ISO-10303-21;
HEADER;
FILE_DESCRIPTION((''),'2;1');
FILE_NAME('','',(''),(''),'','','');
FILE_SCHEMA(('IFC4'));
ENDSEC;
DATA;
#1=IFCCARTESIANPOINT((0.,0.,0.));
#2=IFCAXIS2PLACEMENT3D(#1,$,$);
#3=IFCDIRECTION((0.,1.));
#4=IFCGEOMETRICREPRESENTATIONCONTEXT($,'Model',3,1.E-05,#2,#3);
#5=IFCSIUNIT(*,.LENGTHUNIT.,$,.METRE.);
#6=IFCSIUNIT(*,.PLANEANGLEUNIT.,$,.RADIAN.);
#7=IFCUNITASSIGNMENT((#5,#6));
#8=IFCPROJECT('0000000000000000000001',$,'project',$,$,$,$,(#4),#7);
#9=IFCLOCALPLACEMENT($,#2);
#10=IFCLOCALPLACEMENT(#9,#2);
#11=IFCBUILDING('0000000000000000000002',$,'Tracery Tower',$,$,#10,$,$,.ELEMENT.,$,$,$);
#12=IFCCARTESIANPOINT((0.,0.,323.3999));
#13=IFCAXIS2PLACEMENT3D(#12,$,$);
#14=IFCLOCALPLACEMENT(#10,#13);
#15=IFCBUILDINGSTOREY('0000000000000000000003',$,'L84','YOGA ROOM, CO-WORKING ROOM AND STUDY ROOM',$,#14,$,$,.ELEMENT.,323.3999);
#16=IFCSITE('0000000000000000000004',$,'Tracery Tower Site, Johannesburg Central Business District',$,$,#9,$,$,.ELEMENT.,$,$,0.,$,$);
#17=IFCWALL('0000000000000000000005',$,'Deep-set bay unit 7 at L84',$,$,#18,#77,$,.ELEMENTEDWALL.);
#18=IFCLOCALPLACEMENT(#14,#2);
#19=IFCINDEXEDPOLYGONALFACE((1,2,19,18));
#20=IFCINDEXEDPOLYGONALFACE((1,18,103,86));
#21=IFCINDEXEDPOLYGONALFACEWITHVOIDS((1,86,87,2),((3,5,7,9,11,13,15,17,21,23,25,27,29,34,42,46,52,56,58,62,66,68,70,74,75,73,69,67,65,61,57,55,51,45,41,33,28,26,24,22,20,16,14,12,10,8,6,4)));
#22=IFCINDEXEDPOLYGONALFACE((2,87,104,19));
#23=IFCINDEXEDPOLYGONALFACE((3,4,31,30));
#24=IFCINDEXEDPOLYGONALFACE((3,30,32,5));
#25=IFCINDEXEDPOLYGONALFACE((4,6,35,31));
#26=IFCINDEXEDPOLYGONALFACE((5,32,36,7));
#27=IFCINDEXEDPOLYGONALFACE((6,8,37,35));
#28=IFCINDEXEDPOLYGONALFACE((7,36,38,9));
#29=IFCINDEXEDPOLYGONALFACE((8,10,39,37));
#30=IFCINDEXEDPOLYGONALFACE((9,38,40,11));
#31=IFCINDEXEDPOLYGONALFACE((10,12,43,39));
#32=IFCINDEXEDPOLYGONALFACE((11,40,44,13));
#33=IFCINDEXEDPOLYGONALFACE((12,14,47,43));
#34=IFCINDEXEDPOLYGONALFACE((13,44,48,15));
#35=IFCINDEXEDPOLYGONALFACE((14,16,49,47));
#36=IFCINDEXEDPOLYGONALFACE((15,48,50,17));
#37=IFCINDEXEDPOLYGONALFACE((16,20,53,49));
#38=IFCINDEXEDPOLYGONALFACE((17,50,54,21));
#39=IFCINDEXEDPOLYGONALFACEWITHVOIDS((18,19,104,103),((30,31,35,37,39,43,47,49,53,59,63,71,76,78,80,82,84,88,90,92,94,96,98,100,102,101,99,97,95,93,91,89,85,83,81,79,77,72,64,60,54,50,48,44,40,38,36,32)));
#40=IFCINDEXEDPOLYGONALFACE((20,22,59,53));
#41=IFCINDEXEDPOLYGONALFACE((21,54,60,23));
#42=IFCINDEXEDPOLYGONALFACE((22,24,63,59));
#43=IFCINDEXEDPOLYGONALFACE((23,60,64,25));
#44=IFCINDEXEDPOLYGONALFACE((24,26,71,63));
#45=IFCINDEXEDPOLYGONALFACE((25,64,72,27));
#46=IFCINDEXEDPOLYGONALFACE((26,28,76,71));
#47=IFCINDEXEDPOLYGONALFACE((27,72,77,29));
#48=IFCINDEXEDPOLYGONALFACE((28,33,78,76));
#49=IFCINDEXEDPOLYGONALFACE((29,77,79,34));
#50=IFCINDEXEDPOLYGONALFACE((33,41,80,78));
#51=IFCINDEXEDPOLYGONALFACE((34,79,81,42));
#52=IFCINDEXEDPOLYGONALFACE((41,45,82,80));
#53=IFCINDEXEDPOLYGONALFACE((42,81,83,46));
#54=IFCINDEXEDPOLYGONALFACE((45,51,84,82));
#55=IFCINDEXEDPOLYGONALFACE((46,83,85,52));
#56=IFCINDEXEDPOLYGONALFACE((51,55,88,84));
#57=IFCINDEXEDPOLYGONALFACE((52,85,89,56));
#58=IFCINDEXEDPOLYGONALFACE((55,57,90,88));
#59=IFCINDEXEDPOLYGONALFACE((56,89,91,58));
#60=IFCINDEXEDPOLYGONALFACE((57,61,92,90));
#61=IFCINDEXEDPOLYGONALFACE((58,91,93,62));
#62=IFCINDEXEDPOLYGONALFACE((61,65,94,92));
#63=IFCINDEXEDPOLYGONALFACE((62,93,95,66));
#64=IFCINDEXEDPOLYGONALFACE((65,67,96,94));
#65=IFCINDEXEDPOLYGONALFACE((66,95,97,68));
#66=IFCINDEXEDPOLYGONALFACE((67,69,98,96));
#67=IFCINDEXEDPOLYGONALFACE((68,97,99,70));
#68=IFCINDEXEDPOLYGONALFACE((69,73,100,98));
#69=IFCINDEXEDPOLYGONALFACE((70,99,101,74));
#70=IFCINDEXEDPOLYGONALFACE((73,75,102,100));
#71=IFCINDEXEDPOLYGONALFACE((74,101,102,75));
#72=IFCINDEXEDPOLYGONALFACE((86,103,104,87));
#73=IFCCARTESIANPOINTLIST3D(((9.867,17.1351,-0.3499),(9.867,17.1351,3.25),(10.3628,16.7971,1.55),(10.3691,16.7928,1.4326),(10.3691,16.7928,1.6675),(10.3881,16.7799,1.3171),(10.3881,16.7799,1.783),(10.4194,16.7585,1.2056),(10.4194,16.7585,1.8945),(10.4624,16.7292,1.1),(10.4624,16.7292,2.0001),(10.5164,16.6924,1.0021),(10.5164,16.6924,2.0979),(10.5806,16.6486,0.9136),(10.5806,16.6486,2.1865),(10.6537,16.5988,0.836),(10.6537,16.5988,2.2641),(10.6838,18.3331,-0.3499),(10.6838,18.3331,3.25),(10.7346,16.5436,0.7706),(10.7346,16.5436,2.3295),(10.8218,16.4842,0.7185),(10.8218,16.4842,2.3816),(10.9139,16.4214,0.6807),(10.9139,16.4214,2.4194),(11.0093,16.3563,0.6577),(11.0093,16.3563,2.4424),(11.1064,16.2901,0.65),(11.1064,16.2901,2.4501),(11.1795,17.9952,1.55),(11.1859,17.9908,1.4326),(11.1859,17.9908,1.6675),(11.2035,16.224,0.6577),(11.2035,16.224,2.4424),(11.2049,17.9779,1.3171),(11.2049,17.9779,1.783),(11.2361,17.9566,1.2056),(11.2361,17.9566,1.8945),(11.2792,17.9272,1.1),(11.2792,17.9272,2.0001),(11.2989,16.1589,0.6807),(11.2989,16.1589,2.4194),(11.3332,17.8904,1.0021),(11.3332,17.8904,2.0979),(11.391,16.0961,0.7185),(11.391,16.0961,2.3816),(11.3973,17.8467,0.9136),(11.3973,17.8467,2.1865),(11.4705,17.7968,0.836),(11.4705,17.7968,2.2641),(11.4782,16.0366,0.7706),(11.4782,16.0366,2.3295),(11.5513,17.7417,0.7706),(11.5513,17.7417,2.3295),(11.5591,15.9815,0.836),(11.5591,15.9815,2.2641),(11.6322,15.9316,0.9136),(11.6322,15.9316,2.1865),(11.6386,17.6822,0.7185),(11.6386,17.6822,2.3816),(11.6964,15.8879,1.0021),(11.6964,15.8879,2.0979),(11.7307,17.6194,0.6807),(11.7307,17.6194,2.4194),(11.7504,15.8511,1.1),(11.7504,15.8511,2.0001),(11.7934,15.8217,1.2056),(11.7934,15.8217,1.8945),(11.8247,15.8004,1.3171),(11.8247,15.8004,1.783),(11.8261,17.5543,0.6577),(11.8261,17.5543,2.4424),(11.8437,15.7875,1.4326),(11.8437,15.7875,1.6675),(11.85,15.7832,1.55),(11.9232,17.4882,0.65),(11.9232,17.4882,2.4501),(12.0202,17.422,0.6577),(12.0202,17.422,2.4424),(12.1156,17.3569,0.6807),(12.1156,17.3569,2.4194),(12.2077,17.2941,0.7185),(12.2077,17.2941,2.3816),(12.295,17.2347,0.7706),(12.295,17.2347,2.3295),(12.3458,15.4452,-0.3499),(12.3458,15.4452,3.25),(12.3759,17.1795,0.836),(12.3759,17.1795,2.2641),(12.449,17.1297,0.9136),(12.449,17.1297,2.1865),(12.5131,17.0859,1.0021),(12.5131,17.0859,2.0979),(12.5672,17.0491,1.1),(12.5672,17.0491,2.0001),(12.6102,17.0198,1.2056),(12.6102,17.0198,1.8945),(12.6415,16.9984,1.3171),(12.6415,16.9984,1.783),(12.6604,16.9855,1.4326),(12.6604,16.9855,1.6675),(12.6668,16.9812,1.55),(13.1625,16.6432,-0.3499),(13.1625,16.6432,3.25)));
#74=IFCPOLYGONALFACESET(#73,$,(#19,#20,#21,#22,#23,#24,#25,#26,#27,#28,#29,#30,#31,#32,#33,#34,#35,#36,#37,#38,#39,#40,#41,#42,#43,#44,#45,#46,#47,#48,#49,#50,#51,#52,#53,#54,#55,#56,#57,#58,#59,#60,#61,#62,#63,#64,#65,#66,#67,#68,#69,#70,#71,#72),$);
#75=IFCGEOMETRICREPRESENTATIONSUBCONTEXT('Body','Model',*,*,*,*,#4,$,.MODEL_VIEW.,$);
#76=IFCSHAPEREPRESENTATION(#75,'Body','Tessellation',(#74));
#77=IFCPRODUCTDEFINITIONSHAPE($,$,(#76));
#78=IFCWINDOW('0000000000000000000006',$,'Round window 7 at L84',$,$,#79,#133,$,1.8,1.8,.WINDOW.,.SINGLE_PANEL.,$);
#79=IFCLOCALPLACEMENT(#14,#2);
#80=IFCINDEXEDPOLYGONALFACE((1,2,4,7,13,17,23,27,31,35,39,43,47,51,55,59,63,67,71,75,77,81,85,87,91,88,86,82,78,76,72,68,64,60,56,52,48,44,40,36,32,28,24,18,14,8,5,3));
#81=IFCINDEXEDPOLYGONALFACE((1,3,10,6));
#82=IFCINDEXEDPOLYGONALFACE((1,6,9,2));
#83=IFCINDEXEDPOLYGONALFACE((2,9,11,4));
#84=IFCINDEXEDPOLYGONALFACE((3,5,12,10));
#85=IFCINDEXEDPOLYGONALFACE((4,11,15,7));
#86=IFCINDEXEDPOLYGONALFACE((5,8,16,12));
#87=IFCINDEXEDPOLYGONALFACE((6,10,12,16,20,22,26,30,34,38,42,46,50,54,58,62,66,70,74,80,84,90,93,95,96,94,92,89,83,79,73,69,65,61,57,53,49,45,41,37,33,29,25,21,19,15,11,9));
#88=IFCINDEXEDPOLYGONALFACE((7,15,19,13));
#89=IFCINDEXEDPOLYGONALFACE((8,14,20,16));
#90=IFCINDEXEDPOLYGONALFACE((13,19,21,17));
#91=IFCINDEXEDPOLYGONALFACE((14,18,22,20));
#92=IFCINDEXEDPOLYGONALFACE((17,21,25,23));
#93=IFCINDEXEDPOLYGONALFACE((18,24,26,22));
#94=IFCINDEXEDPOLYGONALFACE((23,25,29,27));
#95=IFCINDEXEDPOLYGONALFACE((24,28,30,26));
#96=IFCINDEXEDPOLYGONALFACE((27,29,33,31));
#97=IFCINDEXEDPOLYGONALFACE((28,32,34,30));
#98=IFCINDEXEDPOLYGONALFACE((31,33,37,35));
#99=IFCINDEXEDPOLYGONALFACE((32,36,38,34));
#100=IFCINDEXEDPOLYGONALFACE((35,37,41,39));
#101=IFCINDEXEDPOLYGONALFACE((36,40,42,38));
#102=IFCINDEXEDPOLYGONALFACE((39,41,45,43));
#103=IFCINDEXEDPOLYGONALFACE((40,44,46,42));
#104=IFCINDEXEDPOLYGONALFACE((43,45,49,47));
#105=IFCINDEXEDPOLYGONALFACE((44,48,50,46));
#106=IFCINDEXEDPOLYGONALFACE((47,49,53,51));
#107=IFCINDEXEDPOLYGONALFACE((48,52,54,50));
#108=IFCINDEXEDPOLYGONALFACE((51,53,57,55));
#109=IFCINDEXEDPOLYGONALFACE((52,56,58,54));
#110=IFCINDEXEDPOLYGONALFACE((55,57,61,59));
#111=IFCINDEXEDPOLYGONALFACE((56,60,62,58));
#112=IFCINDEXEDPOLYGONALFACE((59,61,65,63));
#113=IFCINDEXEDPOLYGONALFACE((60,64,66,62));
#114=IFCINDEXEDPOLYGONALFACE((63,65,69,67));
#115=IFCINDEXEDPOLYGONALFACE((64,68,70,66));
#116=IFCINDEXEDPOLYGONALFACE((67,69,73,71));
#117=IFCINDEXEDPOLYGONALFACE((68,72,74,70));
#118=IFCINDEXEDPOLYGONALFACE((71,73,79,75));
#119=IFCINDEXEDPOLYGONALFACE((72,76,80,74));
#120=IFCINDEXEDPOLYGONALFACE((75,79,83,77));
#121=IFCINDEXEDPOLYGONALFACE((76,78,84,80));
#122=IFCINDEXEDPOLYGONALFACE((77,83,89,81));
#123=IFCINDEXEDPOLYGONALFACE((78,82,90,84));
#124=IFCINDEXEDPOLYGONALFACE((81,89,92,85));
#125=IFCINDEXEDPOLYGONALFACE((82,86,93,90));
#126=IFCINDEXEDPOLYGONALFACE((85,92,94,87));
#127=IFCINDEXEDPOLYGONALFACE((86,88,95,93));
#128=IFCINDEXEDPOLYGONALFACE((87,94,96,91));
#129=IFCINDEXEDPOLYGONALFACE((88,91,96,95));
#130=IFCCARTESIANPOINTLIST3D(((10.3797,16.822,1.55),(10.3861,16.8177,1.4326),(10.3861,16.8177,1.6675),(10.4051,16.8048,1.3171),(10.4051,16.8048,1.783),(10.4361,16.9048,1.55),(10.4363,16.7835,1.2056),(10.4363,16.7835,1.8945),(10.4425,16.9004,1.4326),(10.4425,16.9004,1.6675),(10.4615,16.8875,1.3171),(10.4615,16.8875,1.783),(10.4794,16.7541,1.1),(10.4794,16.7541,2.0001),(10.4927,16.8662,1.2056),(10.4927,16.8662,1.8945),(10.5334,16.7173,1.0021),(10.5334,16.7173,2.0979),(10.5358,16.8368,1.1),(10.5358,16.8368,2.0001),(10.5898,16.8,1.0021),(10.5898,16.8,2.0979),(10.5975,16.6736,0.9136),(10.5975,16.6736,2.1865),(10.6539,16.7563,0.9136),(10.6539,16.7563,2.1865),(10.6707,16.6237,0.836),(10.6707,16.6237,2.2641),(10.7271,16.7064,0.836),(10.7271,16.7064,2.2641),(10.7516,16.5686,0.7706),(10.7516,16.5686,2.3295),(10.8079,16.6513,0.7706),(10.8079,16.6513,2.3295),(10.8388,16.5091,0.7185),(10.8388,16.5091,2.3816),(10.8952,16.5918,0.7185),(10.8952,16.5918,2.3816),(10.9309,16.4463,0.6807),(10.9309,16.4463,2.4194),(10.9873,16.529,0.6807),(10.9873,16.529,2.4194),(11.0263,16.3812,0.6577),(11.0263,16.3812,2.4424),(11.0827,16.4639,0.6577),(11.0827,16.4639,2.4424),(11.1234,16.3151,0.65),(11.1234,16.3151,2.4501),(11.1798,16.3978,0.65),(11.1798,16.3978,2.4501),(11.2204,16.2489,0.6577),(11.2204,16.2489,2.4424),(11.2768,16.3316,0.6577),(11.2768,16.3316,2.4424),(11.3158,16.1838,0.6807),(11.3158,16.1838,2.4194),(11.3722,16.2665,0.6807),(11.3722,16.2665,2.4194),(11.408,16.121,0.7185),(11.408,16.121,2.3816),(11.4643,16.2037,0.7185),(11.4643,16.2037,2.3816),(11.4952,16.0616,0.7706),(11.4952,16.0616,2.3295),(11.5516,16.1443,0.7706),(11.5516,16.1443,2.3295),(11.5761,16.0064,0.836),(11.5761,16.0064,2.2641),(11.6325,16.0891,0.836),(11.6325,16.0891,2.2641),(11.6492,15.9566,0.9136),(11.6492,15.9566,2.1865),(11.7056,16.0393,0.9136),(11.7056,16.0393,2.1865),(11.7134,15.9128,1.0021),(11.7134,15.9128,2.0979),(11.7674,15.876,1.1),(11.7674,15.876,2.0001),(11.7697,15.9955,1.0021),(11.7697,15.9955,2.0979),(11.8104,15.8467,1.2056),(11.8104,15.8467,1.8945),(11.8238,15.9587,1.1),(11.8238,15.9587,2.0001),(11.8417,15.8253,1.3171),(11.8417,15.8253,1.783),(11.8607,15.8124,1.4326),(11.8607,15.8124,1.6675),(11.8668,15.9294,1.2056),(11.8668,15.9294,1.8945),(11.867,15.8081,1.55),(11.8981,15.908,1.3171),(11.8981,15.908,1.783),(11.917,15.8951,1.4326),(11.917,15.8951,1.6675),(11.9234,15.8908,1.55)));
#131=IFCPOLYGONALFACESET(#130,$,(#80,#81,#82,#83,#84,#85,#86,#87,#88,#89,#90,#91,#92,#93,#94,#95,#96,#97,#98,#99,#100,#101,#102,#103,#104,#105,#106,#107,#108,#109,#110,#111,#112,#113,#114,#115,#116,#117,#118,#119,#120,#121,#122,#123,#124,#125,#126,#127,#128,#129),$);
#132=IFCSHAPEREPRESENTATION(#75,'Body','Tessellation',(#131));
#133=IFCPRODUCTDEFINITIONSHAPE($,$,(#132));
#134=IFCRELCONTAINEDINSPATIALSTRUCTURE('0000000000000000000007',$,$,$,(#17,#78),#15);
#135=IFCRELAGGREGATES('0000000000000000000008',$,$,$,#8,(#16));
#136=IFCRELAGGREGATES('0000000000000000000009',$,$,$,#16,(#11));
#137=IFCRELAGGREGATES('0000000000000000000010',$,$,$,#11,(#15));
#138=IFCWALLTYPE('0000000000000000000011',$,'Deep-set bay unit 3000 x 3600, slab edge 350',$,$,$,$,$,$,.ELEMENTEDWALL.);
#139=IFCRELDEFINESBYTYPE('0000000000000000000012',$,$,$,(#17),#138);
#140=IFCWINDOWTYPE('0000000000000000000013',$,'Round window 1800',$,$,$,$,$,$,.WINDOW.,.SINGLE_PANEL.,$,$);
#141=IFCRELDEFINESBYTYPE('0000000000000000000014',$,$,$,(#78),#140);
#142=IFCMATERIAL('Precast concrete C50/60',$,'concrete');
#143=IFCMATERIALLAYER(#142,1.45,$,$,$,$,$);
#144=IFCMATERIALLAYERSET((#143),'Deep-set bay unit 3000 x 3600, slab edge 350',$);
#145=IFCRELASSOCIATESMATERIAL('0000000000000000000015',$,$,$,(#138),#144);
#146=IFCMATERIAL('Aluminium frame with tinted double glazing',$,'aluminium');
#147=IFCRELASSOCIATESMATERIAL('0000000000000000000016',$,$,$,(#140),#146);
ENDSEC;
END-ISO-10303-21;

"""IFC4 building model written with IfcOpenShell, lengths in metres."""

from ifc_helpers import new_model, si_unit, direction, frame, frame_2d, origin, origin_2d, place, context, subcontext, project, spatial, rectangle, circle, extrude, material, layer, layer_set, type_object, element, fill, save


model = new_model("IFC4")

# Units and contexts
model_context = context("Model", 3, precision=1e-05, world=origin(), true_north=direction((0.0, 1.0)))
body_context = subcontext(model_context, "Body", "Model", "MODEL_VIEW")
ifc_project = project(units=[si_unit("LENGTHUNIT", "METRE"), si_unit("PLANEANGLEUNIT", "RADIAN")], contexts=[model_context])

# Site, building, storey
site_placement = place(None, origin())
site = spatial("IfcSite", under=ifc_project, at=site_placement, Name="Tracery Tower Site, Johannesburg Central Business District", CompositionType="ELEMENT", RefElevation=0.0)
building_placement = place(site_placement, origin())
building = spatial("IfcBuilding", under=site, at=building_placement, Name="Tracery Tower", CompositionType="ELEMENT")
storey_placement = place(building_placement, frame((0.0, 0.0, 323.3999)))
storey = spatial("IfcBuildingStorey", under=building, at=storey_placement, Name="L84", Description="YOGA ROOM, CO-WORKING ROOM AND STUDY ROOM", CompositionType="ELEMENT", Elevation=323.3999)

# Wall, opening, window
ifc_material_1 = material(Name="Precast concrete C50/60", Category="concrete")
ifc_layer_1 = layer(ifc_material_1, 1.45)
ifc_layer_set_1 = layer_set([ifc_layer_1], Name="Deep-set bay unit 3000 x 3600, slab edge 350")
wall_type_1 = type_object("IfcWallType", Name="Deep-set bay unit 3000 x 3600, slab edge 350", PredefinedType="ELEMENTEDWALL", material=ifc_layer_set_1)
ifc_material_2 = material(Name="Aluminium frame with tinted double glazing", Category="aluminium")
window_type = type_object("IfcWindowType", Name="Round window 1800", PartitioningType="SINGLE_PANEL", PredefinedType="WINDOW", material=ifc_material_2)
wall_1_placement = place(storey_placement, frame((12.7542, 16.0442, -0.3499), z_axis=(0.0, 0.0, 1.0), x_axis=(-0.826246, 0.563309, 0.0)))
wall_1 = element("IfcWall", 1, at=wall_1_placement, inside=storey, type_object=wall_type_1, Name="Deep-set bay unit 7 at L84", PredefinedType="ELEMENTEDWALL", context=body_context, shape_type="SweptSolid", body=[
    extrude(rectangle(XDim=3.0, YDim=1.45, at=frame_2d((1.5, 0.0))), origin(), (0.0, 0.0, 1.0), 3.5999),
])
opening_1_placement = place(wall_1_placement, frame((1.5, 0.0, 1.8999)))
opening_1 = element("IfcOpeningElement", 2, at=opening_1_placement, cuts=wall_1, PredefinedType="OPENING", context=body_context, shape_type="SweptSolid", body=[
    extrude(circle(Radius=0.9, at=origin_2d()), frame((0.0, 0.7349, 0.0), z_axis=(0.0, -1.0, 0.0), x_axis=(1.0, 0.0, 0.0)), (0.0, 0.0, 1.0), 1.47),
])
window_1_placement = place(opening_1_placement, origin())
window_1 = element("IfcWindow", 3, at=window_1_placement, inside=storey, type_object=window_type, Name="Round window 7 at L84", OverallHeight=1.8, OverallWidth=1.8, PartitioningType="SINGLE_PANEL", PredefinedType="WINDOW", context=body_context, shape_type="SweptSolid", body=[
    extrude(circle(Radius=0.9, at=origin_2d()), frame((0.0, 0.6948, 0.0), z_axis=(0.0, -1.0, 0.0), x_axis=(1.0, 0.0, 0.0)), (0.0, 0.0, 1.0), 0.1001),
])
fill(opening_1, window_1)

save(model, "model.ifc")
